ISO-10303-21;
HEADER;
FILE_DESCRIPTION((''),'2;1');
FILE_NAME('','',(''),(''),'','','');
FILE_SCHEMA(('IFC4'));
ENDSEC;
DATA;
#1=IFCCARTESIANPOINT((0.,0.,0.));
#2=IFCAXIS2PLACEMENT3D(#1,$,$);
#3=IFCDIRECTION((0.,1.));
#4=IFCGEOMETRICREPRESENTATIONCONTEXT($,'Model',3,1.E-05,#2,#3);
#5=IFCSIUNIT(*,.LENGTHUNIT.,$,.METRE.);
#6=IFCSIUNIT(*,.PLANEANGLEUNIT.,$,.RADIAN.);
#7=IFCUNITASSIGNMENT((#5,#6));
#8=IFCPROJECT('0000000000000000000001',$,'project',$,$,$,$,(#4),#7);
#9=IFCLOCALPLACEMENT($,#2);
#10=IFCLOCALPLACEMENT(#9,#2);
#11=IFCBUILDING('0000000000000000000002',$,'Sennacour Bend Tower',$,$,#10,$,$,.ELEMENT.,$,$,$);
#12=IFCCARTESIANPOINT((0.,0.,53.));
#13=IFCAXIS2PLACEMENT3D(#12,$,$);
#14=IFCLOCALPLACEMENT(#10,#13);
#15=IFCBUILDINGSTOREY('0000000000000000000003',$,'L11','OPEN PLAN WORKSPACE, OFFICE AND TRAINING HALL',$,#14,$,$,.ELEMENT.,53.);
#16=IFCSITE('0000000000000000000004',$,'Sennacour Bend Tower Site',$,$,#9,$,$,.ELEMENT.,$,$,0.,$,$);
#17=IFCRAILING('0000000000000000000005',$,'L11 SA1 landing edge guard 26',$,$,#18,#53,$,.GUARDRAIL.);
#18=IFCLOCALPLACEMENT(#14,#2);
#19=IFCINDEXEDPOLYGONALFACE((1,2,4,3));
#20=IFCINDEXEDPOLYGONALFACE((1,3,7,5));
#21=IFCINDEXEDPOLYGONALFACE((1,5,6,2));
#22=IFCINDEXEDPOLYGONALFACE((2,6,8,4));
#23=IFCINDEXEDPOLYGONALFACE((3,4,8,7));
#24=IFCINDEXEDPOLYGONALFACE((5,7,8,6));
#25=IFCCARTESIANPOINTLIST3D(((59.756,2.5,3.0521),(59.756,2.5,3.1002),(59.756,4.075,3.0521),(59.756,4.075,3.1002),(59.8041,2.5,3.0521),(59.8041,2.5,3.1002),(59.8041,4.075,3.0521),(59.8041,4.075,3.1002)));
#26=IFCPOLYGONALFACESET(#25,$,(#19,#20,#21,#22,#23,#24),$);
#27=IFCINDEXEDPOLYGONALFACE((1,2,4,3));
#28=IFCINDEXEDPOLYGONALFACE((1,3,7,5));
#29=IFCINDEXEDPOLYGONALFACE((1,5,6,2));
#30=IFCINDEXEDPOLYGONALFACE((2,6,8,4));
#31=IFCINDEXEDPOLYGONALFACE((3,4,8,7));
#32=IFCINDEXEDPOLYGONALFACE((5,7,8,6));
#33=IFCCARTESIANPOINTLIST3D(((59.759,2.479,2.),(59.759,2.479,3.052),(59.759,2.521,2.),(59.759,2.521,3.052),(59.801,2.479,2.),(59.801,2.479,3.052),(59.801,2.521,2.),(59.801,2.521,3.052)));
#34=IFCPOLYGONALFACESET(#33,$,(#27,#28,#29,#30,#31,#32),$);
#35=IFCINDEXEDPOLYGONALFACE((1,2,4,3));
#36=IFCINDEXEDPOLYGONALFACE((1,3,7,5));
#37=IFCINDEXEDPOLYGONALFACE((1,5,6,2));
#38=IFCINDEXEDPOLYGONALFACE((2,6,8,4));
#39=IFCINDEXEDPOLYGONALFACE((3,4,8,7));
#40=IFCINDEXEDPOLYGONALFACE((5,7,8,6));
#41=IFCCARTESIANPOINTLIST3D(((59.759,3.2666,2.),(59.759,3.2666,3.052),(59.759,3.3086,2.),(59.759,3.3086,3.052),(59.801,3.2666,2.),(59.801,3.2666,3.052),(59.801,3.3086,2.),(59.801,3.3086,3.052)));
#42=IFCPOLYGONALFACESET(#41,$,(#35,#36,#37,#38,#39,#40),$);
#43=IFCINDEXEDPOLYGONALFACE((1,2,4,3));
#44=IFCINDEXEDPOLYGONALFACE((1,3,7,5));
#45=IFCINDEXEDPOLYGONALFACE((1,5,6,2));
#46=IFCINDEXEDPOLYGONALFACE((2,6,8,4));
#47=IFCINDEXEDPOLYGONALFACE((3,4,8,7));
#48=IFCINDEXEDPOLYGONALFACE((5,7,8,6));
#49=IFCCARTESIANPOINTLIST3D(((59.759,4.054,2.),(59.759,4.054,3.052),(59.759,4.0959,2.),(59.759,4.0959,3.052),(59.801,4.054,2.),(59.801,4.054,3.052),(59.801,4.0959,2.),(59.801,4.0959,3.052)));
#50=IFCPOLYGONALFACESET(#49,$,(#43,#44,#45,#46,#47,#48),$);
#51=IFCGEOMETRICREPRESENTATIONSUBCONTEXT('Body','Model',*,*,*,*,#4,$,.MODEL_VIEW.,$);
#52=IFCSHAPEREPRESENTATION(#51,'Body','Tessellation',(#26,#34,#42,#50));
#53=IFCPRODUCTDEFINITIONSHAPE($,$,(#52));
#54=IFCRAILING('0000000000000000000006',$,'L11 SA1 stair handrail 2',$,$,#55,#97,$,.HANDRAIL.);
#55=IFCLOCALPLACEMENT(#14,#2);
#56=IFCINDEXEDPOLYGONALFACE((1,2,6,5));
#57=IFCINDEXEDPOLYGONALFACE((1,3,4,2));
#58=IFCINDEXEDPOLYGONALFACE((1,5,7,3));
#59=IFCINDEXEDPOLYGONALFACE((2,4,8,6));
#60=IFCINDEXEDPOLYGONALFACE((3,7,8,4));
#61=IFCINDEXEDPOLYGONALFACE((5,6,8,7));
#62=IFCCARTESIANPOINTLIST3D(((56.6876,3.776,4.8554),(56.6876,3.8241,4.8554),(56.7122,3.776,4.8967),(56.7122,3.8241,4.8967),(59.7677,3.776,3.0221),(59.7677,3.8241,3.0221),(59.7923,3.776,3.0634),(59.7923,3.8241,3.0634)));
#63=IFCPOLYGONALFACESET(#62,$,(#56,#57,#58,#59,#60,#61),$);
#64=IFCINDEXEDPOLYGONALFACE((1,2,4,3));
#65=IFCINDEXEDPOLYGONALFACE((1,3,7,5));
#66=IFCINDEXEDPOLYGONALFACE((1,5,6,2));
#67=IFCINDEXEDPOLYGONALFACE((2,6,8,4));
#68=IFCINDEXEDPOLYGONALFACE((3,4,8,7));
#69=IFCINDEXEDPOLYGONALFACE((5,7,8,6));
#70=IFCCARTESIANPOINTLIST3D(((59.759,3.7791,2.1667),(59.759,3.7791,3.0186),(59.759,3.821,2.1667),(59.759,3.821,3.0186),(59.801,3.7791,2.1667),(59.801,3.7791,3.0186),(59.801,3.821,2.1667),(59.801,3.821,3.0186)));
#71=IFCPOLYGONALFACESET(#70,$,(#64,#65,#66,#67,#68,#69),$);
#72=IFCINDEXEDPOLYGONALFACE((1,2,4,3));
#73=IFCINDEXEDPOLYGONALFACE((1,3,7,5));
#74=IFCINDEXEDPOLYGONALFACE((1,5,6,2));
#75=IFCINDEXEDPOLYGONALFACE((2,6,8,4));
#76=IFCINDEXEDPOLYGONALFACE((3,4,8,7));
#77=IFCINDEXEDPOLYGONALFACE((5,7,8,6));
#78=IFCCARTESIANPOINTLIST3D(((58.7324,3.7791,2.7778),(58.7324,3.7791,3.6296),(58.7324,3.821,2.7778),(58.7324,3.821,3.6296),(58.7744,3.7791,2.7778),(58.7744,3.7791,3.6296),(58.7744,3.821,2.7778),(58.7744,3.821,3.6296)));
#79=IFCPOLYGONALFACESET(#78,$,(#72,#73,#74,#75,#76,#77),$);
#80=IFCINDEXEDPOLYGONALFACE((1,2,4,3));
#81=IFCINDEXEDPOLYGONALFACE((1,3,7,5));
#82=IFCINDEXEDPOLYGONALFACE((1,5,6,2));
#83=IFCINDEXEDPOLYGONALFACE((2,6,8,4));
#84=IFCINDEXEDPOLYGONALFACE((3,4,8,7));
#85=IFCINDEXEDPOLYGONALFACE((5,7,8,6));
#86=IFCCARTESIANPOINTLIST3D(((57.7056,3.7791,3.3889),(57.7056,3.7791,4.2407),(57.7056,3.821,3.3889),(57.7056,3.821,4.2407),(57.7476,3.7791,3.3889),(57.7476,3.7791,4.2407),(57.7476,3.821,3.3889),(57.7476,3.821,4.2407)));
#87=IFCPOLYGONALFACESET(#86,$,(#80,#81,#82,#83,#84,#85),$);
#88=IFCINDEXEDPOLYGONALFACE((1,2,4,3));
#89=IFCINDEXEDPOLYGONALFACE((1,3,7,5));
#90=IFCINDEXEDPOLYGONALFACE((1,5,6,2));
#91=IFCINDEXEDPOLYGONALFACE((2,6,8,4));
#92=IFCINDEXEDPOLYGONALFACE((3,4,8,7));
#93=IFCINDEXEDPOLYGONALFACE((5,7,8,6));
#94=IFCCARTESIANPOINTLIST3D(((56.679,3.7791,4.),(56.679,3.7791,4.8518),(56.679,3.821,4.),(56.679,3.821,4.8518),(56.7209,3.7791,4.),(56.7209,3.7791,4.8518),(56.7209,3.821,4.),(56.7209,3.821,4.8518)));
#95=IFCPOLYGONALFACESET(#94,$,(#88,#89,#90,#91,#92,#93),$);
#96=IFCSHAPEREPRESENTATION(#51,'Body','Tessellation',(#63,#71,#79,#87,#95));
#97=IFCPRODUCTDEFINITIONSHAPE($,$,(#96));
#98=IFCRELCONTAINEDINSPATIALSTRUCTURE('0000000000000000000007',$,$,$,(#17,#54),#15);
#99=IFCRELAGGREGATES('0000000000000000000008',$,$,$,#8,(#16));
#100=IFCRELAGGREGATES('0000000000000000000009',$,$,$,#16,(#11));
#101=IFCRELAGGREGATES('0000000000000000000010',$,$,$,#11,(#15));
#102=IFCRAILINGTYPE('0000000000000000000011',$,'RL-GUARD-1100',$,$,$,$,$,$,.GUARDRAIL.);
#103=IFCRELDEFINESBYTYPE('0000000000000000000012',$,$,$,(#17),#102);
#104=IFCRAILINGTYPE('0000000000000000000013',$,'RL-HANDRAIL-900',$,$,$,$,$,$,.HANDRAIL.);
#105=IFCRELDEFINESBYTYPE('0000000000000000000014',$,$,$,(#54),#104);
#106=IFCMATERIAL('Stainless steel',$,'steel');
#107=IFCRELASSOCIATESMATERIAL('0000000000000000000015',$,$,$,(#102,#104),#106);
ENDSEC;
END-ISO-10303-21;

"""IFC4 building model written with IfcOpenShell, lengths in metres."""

from ifc_helpers import new_model, si_unit, direction, frame, origin, origin_2d, place, context, subcontext, project, spatial, rectangle, extrude, material, type_object, element, save


model = new_model("IFC4")

# Units and contexts
model_context = context("Model", 3, precision=1e-05, world=origin(), true_north=direction((0.0, 1.0)))
body_context = subcontext(model_context, "Body", "Model", "MODEL_VIEW")
ifc_project = project(units=[si_unit("LENGTHUNIT", "METRE"), si_unit("PLANEANGLEUNIT", "RADIAN")], contexts=[model_context])

# Site, building, storey
site_placement = place(None, origin())
site = spatial("IfcSite", under=ifc_project, at=site_placement, Name="Sennacour Bend Tower Site", CompositionType="ELEMENT", RefElevation=0.0)
building_placement = place(site_placement, origin())
building = spatial("IfcBuilding", under=site, at=building_placement, Name="Sennacour Bend Tower", CompositionType="ELEMENT")
storey_placement = place(building_placement, frame((0.0, 0.0, 53.0)))
storey = spatial("IfcBuildingStorey", under=building, at=storey_placement, Name="L11", Description="OPEN PLAN WORKSPACE, OFFICE AND TRAINING HALL", CompositionType="ELEMENT", Elevation=53.0)

# Shared definitions
ifc_material_1 = material(Name="Stainless steel", Category="steel")

# Railings
railing_type_1 = type_object("IfcRailingType", Name="RL-GUARD-1100", PredefinedType="GUARDRAIL", material=ifc_material_1)
railing_1_placement = place(storey_placement, frame((59.78, 2.5, 2.0)))
element("IfcRailing", 1, at=railing_1_placement, inside=storey, type_object=railing_type_1, Name="L11 SA1 landing edge guard 26", PredefinedType="GUARDRAIL", context=body_context, shape_type="SweptSolid", body=[
    extrude(rectangle(XDim=0.0481, YDim=0.0481, at=origin_2d()), frame((0.0, 0.0, 1.0762), z_axis=(0.0, 1.0, 0.0), x_axis=(-1.0, 0.0, 0.0)), (0.0, 0.0, 1.0), 1.575),
    extrude(rectangle(XDim=0.042, YDim=0.042, at=origin_2d()), origin(), (0.0, 0.0, 1.0), 1.052),
    extrude(rectangle(XDim=0.042, YDim=0.042, at=origin_2d()), frame((0.0, 0.7876, 0.0)), (0.0, 0.0, 1.0), 1.052),
    extrude(rectangle(XDim=0.042, YDim=0.042, at=origin_2d()), frame((0.0, 1.575, 0.0)), (0.0, 0.0, 1.0), 1.052),
])
railing_type_2 = type_object("IfcRailingType", Name="RL-HANDRAIL-900", PredefinedType="HANDRAIL", material=ifc_material_1)
railing_2_placement = place(storey_placement, frame((59.78, 3.8, 2.1667)))
element("IfcRailing", 2, at=railing_2_placement, inside=storey, type_object=railing_type_2, Name="L11 SA1 stair handrail 2", PredefinedType="HANDRAIL", context=body_context, shape_type="SweptSolid", body=[
    extrude(rectangle(XDim=0.0481, YDim=0.0481, at=origin_2d()), frame((0.0, 0.0, 0.876), z_axis=(-0.859309, 0.0, 0.511458), x_axis=(0.0, -1.0, 0.0)), (0.0, 0.0, 1.0), 3.5845),
    extrude(rectangle(XDim=0.042, YDim=0.042, at=origin_2d()), origin(), (0.0, 0.0, 1.0), 0.8518),
    extrude(rectangle(XDim=0.042, YDim=0.042, at=origin_2d()), frame((-1.0266, 0.0, 0.6111)), (0.0, 0.0, 1.0), 0.8518),
    extrude(rectangle(XDim=0.042, YDim=0.042, at=origin_2d()), frame((-2.0535, 0.0, 1.2222)), (0.0, 0.0, 1.0), 0.8518),
    extrude(rectangle(XDim=0.042, YDim=0.042, at=origin_2d()), frame((-3.0801, 0.0, 1.8333)), (0.0, 0.0, 1.0), 0.8518),
])

save(model, "model.ifc")
